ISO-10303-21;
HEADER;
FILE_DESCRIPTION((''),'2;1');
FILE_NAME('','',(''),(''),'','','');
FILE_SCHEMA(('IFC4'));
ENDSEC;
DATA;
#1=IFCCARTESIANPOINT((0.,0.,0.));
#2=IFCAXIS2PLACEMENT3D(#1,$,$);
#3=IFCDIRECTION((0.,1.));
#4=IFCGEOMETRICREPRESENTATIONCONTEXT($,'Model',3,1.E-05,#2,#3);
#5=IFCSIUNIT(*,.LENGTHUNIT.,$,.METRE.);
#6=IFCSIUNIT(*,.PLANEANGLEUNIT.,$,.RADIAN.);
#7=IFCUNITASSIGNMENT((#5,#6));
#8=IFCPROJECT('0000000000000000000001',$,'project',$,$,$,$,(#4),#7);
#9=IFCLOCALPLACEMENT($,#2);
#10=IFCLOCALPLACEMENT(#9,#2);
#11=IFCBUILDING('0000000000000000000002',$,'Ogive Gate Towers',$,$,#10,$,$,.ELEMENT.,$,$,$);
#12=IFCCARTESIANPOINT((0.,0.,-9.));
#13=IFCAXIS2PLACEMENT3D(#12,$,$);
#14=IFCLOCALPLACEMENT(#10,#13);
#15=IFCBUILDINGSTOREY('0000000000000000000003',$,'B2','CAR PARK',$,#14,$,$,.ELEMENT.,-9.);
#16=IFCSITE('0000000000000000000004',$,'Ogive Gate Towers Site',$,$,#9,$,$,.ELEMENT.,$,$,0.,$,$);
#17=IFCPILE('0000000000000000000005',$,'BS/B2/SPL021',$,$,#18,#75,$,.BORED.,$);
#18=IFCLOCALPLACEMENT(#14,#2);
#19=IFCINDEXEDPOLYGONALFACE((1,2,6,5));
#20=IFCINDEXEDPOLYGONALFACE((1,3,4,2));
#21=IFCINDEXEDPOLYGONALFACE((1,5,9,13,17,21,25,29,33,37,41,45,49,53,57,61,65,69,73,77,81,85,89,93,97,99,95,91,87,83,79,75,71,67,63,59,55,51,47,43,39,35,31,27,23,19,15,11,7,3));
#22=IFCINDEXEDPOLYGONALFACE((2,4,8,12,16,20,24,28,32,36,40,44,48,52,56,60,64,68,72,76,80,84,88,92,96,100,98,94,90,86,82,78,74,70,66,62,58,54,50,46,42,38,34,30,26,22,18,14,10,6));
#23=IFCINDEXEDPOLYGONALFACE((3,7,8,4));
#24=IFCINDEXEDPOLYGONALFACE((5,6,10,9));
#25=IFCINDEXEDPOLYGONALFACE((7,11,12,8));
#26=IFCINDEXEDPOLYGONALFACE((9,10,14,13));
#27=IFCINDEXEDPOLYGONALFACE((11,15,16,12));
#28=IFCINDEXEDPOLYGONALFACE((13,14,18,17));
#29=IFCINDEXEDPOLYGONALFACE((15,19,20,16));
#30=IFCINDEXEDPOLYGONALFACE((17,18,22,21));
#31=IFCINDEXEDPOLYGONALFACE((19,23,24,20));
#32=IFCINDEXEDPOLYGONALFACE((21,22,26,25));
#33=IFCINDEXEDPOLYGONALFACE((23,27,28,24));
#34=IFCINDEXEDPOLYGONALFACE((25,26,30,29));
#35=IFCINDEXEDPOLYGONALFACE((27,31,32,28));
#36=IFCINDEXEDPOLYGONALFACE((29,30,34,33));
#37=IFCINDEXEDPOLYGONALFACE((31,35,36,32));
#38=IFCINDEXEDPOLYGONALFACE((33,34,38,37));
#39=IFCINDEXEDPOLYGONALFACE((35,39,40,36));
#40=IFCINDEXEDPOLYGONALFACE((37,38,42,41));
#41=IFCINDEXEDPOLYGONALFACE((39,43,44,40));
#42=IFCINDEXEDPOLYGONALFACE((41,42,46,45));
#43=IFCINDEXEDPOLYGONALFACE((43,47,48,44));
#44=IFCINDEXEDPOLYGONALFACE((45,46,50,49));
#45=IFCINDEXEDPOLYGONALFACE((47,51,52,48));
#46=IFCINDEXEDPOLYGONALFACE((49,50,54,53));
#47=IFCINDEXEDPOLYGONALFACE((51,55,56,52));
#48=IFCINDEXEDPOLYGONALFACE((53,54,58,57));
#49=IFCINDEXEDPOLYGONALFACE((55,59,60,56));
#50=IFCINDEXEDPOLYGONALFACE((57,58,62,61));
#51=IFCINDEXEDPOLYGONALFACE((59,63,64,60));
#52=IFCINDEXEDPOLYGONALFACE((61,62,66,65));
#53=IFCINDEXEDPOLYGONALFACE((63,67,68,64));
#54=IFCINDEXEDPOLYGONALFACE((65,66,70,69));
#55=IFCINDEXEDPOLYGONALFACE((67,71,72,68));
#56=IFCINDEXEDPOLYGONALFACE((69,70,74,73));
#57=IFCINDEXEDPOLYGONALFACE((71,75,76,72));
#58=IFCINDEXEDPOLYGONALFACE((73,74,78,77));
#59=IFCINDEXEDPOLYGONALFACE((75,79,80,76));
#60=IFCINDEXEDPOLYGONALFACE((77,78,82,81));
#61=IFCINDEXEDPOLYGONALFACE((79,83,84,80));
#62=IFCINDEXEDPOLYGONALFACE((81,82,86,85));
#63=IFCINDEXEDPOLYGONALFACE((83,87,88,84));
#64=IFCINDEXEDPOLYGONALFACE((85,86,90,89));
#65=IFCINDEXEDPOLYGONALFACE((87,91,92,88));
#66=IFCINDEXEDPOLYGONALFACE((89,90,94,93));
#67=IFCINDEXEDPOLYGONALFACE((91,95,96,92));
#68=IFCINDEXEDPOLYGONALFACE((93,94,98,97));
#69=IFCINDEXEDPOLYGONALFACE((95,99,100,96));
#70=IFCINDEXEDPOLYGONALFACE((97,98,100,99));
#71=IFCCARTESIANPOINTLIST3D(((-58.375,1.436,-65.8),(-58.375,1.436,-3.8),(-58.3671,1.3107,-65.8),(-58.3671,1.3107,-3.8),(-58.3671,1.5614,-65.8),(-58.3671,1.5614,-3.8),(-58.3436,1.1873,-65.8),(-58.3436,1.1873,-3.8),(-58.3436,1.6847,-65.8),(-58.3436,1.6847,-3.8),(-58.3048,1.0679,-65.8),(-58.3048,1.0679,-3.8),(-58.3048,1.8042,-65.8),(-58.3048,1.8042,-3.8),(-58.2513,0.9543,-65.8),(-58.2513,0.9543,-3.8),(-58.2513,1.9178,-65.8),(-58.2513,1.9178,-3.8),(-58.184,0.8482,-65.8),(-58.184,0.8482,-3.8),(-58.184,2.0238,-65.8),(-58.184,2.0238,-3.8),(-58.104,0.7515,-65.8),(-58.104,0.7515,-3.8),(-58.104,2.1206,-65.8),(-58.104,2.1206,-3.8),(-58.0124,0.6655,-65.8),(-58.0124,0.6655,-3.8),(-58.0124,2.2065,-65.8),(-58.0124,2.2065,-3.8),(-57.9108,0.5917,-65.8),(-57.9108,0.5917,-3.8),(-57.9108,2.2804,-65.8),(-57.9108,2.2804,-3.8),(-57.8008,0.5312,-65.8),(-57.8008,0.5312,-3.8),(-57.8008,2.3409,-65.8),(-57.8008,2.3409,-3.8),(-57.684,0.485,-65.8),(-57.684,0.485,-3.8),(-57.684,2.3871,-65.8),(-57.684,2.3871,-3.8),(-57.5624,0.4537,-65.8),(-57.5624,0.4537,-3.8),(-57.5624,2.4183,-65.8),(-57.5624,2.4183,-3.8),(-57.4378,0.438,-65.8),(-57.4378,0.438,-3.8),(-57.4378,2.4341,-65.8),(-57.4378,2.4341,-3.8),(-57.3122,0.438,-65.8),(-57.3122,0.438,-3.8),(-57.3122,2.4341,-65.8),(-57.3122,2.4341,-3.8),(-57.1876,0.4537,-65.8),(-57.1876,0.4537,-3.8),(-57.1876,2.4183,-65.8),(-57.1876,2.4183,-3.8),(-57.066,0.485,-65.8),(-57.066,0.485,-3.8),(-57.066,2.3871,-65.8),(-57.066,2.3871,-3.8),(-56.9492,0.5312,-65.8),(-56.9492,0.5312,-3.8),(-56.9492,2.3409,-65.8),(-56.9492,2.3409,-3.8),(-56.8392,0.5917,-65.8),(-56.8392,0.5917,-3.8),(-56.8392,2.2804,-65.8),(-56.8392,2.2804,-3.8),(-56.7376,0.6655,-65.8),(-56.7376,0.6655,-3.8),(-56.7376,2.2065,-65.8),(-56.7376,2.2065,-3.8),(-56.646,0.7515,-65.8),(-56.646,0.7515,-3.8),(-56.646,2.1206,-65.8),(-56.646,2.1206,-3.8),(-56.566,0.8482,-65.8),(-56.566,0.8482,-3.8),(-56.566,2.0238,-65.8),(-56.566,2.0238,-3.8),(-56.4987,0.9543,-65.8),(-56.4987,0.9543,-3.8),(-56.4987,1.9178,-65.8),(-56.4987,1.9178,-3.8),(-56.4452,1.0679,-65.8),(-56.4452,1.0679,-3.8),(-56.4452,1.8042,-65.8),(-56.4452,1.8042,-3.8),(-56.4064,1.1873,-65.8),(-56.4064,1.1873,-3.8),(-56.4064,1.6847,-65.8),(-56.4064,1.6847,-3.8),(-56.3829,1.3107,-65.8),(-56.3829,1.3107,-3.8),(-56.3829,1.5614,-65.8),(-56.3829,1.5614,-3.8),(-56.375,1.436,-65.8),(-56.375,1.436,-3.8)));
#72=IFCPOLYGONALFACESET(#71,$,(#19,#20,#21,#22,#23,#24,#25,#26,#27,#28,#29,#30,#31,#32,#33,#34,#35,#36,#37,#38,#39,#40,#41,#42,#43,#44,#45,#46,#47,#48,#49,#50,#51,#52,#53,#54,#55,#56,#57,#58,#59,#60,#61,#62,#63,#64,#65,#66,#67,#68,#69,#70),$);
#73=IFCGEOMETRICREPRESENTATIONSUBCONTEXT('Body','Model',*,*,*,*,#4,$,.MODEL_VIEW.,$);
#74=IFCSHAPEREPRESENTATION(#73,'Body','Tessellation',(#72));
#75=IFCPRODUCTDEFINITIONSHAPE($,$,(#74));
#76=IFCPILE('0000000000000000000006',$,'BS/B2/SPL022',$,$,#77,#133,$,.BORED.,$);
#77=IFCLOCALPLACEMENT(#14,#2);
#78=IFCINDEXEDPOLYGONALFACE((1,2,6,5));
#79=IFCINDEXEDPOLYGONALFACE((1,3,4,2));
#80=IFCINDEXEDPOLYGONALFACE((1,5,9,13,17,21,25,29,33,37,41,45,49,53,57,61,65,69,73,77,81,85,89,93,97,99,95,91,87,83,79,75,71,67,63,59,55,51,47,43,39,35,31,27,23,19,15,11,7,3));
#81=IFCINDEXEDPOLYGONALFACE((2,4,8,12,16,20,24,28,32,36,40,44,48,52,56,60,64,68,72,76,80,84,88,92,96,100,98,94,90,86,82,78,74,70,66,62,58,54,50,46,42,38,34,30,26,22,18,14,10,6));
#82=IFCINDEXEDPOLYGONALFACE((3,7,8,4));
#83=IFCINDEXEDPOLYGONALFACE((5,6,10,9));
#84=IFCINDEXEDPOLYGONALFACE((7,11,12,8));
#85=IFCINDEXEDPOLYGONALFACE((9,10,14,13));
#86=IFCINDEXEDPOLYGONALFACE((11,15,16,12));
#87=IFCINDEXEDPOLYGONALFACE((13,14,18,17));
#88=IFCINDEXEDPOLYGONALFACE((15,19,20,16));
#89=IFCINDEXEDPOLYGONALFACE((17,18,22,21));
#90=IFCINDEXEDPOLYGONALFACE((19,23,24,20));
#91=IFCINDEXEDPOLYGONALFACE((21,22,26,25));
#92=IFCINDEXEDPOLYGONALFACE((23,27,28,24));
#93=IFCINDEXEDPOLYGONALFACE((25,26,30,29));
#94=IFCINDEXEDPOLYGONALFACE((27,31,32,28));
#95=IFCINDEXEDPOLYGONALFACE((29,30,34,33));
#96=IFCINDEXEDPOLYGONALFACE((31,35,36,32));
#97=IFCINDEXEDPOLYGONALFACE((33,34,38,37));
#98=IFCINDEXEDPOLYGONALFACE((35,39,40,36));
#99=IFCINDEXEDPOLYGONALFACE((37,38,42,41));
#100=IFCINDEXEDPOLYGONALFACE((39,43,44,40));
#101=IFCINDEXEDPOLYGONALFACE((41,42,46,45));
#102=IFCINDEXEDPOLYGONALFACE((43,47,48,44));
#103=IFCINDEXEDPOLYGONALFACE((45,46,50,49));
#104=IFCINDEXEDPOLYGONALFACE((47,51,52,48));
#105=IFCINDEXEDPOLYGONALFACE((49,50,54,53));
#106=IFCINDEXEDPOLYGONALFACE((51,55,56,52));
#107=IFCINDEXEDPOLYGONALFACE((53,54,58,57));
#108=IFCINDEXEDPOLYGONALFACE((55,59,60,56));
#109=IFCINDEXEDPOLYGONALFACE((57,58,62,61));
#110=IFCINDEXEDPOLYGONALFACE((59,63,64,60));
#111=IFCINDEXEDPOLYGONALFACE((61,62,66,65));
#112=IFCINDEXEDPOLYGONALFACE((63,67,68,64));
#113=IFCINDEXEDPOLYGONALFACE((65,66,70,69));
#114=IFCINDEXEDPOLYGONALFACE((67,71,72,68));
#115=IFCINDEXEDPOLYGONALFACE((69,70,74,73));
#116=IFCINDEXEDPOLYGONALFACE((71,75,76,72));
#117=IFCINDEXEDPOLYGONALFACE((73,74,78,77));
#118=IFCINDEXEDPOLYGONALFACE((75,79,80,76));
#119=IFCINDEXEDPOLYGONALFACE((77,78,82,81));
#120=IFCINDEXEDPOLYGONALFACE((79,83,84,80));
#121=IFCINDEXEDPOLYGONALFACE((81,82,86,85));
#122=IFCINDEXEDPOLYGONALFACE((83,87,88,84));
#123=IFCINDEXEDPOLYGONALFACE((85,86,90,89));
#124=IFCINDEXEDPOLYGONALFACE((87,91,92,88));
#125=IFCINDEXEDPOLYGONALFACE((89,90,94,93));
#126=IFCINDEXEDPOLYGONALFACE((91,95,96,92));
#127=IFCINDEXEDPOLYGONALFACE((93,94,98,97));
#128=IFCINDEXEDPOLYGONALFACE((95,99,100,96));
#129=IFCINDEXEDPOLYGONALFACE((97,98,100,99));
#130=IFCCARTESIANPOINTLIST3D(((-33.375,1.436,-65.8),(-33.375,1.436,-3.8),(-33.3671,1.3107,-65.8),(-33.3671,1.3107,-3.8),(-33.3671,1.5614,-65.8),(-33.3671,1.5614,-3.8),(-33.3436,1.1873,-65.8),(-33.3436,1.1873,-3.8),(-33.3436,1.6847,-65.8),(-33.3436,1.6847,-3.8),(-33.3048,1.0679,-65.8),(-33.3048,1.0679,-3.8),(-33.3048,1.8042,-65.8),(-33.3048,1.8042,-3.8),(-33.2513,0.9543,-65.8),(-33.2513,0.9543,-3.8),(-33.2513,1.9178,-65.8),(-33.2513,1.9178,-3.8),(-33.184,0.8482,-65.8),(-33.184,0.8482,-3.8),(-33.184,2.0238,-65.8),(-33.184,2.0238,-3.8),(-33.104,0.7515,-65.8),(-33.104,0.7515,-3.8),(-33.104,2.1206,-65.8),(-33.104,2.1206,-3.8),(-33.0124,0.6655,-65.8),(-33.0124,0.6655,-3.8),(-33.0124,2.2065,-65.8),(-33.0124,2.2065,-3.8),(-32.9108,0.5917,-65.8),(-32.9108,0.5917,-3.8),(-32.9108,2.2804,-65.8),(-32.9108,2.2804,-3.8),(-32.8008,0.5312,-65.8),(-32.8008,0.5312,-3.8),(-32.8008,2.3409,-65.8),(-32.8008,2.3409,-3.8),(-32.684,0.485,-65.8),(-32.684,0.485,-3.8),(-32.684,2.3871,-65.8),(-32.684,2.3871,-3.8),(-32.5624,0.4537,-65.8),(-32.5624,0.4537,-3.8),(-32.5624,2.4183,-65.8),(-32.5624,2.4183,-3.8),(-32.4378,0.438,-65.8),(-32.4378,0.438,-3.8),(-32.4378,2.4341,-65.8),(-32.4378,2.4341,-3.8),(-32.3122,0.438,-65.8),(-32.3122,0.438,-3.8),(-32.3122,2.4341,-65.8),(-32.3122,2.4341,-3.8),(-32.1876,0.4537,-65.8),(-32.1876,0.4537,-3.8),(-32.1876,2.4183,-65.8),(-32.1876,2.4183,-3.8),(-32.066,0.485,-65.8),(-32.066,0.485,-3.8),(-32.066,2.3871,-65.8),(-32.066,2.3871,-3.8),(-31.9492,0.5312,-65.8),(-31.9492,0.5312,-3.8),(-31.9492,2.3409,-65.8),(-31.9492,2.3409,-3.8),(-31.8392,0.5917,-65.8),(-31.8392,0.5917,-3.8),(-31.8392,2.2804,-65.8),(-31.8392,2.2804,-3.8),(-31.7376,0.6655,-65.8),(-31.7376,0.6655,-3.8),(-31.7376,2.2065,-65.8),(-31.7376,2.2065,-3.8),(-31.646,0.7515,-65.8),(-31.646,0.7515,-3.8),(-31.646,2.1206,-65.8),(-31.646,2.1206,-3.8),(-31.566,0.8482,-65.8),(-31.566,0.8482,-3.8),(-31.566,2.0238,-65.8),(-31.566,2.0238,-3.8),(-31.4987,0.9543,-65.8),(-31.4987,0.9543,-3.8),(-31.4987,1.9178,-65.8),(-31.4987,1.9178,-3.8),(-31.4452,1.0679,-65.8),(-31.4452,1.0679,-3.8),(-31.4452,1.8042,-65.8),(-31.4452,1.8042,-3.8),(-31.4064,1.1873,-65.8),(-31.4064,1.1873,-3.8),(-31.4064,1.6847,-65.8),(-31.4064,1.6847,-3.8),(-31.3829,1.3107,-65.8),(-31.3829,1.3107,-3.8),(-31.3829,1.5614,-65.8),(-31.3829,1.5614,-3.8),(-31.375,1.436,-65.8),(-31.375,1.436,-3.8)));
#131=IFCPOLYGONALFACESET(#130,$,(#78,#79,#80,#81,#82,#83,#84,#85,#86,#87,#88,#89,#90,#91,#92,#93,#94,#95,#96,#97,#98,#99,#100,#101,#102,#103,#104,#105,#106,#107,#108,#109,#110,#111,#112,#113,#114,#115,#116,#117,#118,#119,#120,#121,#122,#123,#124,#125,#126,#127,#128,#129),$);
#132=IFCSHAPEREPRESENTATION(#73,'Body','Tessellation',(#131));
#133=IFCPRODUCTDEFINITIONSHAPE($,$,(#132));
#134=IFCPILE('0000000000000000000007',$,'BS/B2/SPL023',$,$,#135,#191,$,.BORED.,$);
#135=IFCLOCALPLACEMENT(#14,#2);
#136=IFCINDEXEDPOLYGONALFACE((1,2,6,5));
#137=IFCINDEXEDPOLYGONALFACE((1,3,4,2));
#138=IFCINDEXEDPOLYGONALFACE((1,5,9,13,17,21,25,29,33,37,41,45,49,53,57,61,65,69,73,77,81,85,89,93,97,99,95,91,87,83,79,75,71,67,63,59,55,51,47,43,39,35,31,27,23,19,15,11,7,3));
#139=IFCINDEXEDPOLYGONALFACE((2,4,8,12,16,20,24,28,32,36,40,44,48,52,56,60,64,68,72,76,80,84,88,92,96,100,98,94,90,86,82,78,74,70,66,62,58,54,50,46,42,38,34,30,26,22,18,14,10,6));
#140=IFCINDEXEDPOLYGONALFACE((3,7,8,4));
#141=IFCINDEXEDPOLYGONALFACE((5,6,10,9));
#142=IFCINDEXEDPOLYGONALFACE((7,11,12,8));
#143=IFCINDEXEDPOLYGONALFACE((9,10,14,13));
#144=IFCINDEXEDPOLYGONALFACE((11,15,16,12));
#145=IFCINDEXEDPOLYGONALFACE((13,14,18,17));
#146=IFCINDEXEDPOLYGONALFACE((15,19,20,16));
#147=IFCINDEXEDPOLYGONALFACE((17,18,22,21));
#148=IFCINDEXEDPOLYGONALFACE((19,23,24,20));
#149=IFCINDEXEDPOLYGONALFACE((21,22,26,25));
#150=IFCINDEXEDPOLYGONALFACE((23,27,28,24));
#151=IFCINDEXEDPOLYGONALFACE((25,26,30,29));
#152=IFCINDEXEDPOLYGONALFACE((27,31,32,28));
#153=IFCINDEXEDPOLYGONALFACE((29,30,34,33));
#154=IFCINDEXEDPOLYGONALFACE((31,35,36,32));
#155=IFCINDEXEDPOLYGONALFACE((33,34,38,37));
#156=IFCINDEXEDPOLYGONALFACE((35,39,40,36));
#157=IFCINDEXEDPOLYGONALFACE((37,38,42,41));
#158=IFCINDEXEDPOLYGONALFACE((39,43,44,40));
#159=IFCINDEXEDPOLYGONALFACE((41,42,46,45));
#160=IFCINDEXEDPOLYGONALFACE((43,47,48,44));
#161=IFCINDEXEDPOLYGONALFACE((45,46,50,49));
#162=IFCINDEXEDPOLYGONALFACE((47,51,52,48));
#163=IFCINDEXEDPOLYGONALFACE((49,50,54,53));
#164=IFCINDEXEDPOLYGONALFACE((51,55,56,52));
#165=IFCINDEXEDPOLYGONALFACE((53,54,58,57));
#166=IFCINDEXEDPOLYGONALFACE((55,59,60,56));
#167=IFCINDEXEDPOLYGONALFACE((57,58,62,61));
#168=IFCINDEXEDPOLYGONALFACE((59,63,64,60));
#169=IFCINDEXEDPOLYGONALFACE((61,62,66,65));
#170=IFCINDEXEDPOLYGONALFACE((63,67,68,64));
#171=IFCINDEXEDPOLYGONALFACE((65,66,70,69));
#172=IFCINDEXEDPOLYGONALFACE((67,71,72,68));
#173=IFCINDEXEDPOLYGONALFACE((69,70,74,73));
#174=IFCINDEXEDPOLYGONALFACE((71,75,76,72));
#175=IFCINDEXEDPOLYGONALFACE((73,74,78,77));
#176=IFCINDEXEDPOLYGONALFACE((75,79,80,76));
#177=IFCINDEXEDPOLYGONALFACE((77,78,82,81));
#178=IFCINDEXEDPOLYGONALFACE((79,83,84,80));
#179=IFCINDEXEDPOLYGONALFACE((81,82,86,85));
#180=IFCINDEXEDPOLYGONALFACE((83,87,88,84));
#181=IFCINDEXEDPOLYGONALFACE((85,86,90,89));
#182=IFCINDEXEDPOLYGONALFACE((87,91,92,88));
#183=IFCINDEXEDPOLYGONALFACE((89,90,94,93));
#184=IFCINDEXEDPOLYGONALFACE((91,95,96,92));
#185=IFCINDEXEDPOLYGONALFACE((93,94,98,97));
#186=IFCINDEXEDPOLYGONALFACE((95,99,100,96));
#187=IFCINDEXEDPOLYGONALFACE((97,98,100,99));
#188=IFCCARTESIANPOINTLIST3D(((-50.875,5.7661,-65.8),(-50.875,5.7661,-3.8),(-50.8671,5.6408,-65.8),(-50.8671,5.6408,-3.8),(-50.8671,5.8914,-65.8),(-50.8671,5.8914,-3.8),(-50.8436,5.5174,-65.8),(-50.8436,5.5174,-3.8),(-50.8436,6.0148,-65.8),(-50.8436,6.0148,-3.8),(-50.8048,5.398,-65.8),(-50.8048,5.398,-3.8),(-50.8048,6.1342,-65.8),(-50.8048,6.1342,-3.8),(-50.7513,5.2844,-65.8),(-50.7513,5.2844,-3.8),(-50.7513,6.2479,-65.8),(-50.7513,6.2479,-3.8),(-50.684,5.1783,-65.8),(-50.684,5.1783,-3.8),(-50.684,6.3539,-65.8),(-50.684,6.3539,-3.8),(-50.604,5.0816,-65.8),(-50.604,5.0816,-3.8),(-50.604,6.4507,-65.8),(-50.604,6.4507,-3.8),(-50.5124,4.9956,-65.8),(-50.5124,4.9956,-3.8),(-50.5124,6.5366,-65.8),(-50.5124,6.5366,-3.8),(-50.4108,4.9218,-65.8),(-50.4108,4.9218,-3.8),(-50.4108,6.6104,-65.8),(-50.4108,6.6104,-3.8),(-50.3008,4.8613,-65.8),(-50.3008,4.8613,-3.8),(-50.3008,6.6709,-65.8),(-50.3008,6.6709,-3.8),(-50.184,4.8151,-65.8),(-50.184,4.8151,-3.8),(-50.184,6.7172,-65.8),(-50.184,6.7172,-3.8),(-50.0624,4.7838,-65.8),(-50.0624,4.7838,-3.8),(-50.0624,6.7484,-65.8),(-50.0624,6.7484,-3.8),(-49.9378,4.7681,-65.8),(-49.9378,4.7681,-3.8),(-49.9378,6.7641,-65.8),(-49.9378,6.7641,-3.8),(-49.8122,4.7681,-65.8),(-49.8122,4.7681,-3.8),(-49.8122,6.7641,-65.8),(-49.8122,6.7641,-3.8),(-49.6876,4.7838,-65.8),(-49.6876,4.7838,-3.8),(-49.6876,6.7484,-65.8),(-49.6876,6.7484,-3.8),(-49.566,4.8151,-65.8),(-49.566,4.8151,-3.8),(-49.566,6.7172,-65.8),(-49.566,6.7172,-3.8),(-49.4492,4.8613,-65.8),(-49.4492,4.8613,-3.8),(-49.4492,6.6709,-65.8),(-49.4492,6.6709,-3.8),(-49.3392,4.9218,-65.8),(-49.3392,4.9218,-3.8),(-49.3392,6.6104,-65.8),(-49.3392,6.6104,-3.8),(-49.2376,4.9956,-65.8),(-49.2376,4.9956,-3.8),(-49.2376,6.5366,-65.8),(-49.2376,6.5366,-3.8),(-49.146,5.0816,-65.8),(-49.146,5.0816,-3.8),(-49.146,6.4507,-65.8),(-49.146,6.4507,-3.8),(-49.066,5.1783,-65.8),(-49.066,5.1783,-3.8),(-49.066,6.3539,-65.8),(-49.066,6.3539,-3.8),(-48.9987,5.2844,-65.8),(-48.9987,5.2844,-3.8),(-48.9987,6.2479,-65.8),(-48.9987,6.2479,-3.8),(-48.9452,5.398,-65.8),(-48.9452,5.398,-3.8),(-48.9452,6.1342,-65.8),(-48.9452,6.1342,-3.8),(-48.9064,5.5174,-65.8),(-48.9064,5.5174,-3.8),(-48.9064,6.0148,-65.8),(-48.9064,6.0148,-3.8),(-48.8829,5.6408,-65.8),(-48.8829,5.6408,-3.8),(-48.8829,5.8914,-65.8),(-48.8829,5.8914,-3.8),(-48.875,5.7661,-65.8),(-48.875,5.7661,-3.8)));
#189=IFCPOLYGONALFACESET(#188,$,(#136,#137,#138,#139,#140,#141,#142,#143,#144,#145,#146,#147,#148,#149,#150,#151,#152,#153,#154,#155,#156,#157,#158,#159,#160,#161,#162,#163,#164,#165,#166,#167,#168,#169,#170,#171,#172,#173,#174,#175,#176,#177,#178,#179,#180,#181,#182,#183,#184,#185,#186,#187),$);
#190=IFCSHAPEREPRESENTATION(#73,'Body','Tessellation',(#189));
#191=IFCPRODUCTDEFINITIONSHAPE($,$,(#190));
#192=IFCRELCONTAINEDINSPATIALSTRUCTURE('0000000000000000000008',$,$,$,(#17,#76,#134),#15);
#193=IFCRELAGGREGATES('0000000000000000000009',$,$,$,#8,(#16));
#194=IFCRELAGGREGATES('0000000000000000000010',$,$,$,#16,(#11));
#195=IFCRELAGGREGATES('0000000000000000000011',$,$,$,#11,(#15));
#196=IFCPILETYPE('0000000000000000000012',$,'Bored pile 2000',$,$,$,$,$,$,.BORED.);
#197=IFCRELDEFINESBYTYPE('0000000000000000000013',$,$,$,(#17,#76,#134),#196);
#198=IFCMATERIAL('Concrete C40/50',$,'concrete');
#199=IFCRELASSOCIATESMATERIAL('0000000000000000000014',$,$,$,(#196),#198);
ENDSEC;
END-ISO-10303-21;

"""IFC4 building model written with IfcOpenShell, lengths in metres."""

from ifc_helpers import new_model, si_unit, direction, frame, origin, origin_2d, place, context, subcontext, project, spatial, circle, extrude, material, material_profile, profile_set, type_object, element, save


model = new_model("IFC4")

# Units and contexts
model_context = context("Model", 3, precision=1e-05, world=origin(), true_north=direction((0.0, 1.0)))
body_context = subcontext(model_context, "Body", "Model", "MODEL_VIEW")
ifc_project = project(units=[si_unit("LENGTHUNIT", "METRE"), si_unit("PLANEANGLEUNIT", "RADIAN")], contexts=[model_context])

# Site, building, storey
site_placement = place(None, origin())
site = spatial("IfcSite", under=ifc_project, at=site_placement, Name="Ogive Gate Towers Site", CompositionType="ELEMENT", RefElevation=0.0)
building_placement = place(site_placement, origin())
building = spatial("IfcBuilding", under=site, at=building_placement, Name="Ogive Gate Towers", CompositionType="ELEMENT")
storey_placement = place(building_placement, frame((0.0, 0.0, -9.0)))
storey = spatial("IfcBuildingStorey", under=building, at=storey_placement, Name="B2", Description="CAR PARK", CompositionType="ELEMENT", Elevation=-9.0)

# Piles
ifc_material_1 = material(Name="Concrete C40/50", Category="concrete")
ifc_material_profile = material_profile(ifc_material_1, circle(Radius=1.0, at=origin_2d()), Name="BP 2000")
ifc_profile_set = profile_set([ifc_material_profile], Name="Concrete C40/50")
pile_type = type_object("IfcPileType", Name="Bored pile 2000", PredefinedType="BORED", material=ifc_profile_set)
for number, where, z_axis, x_axis, name in (
    (1, (-57.375, 1.436, -3.8), (0.0, 0.0, -1.0), (1.0, 0.0, 0.0), "BS/B2/SPL021"),
    (2, (-32.375, 1.436, -3.8), (0.0, 0.0, -1.0), (1.0, 0.0, 0.0), "BS/B2/SPL022"),
    (3, (-49.875, 5.7661, -3.8), (0.0, 0.0, -1.0), (1.0, 0.0, 0.0), "BS/B2/SPL023"),
):
    element("IfcPile", number, at=place(storey_placement, frame(where, z_axis=z_axis, x_axis=x_axis)), inside=storey, type_object=pile_type, Name=name, PredefinedType="BORED", context=body_context, shape_type="SweptSolid", body=[
        extrude(circle(Radius=1.0, at=origin_2d()), origin(), (0.0, 0.0, 1.0), 62.0),
    ])

save(model, "model.ifc")
